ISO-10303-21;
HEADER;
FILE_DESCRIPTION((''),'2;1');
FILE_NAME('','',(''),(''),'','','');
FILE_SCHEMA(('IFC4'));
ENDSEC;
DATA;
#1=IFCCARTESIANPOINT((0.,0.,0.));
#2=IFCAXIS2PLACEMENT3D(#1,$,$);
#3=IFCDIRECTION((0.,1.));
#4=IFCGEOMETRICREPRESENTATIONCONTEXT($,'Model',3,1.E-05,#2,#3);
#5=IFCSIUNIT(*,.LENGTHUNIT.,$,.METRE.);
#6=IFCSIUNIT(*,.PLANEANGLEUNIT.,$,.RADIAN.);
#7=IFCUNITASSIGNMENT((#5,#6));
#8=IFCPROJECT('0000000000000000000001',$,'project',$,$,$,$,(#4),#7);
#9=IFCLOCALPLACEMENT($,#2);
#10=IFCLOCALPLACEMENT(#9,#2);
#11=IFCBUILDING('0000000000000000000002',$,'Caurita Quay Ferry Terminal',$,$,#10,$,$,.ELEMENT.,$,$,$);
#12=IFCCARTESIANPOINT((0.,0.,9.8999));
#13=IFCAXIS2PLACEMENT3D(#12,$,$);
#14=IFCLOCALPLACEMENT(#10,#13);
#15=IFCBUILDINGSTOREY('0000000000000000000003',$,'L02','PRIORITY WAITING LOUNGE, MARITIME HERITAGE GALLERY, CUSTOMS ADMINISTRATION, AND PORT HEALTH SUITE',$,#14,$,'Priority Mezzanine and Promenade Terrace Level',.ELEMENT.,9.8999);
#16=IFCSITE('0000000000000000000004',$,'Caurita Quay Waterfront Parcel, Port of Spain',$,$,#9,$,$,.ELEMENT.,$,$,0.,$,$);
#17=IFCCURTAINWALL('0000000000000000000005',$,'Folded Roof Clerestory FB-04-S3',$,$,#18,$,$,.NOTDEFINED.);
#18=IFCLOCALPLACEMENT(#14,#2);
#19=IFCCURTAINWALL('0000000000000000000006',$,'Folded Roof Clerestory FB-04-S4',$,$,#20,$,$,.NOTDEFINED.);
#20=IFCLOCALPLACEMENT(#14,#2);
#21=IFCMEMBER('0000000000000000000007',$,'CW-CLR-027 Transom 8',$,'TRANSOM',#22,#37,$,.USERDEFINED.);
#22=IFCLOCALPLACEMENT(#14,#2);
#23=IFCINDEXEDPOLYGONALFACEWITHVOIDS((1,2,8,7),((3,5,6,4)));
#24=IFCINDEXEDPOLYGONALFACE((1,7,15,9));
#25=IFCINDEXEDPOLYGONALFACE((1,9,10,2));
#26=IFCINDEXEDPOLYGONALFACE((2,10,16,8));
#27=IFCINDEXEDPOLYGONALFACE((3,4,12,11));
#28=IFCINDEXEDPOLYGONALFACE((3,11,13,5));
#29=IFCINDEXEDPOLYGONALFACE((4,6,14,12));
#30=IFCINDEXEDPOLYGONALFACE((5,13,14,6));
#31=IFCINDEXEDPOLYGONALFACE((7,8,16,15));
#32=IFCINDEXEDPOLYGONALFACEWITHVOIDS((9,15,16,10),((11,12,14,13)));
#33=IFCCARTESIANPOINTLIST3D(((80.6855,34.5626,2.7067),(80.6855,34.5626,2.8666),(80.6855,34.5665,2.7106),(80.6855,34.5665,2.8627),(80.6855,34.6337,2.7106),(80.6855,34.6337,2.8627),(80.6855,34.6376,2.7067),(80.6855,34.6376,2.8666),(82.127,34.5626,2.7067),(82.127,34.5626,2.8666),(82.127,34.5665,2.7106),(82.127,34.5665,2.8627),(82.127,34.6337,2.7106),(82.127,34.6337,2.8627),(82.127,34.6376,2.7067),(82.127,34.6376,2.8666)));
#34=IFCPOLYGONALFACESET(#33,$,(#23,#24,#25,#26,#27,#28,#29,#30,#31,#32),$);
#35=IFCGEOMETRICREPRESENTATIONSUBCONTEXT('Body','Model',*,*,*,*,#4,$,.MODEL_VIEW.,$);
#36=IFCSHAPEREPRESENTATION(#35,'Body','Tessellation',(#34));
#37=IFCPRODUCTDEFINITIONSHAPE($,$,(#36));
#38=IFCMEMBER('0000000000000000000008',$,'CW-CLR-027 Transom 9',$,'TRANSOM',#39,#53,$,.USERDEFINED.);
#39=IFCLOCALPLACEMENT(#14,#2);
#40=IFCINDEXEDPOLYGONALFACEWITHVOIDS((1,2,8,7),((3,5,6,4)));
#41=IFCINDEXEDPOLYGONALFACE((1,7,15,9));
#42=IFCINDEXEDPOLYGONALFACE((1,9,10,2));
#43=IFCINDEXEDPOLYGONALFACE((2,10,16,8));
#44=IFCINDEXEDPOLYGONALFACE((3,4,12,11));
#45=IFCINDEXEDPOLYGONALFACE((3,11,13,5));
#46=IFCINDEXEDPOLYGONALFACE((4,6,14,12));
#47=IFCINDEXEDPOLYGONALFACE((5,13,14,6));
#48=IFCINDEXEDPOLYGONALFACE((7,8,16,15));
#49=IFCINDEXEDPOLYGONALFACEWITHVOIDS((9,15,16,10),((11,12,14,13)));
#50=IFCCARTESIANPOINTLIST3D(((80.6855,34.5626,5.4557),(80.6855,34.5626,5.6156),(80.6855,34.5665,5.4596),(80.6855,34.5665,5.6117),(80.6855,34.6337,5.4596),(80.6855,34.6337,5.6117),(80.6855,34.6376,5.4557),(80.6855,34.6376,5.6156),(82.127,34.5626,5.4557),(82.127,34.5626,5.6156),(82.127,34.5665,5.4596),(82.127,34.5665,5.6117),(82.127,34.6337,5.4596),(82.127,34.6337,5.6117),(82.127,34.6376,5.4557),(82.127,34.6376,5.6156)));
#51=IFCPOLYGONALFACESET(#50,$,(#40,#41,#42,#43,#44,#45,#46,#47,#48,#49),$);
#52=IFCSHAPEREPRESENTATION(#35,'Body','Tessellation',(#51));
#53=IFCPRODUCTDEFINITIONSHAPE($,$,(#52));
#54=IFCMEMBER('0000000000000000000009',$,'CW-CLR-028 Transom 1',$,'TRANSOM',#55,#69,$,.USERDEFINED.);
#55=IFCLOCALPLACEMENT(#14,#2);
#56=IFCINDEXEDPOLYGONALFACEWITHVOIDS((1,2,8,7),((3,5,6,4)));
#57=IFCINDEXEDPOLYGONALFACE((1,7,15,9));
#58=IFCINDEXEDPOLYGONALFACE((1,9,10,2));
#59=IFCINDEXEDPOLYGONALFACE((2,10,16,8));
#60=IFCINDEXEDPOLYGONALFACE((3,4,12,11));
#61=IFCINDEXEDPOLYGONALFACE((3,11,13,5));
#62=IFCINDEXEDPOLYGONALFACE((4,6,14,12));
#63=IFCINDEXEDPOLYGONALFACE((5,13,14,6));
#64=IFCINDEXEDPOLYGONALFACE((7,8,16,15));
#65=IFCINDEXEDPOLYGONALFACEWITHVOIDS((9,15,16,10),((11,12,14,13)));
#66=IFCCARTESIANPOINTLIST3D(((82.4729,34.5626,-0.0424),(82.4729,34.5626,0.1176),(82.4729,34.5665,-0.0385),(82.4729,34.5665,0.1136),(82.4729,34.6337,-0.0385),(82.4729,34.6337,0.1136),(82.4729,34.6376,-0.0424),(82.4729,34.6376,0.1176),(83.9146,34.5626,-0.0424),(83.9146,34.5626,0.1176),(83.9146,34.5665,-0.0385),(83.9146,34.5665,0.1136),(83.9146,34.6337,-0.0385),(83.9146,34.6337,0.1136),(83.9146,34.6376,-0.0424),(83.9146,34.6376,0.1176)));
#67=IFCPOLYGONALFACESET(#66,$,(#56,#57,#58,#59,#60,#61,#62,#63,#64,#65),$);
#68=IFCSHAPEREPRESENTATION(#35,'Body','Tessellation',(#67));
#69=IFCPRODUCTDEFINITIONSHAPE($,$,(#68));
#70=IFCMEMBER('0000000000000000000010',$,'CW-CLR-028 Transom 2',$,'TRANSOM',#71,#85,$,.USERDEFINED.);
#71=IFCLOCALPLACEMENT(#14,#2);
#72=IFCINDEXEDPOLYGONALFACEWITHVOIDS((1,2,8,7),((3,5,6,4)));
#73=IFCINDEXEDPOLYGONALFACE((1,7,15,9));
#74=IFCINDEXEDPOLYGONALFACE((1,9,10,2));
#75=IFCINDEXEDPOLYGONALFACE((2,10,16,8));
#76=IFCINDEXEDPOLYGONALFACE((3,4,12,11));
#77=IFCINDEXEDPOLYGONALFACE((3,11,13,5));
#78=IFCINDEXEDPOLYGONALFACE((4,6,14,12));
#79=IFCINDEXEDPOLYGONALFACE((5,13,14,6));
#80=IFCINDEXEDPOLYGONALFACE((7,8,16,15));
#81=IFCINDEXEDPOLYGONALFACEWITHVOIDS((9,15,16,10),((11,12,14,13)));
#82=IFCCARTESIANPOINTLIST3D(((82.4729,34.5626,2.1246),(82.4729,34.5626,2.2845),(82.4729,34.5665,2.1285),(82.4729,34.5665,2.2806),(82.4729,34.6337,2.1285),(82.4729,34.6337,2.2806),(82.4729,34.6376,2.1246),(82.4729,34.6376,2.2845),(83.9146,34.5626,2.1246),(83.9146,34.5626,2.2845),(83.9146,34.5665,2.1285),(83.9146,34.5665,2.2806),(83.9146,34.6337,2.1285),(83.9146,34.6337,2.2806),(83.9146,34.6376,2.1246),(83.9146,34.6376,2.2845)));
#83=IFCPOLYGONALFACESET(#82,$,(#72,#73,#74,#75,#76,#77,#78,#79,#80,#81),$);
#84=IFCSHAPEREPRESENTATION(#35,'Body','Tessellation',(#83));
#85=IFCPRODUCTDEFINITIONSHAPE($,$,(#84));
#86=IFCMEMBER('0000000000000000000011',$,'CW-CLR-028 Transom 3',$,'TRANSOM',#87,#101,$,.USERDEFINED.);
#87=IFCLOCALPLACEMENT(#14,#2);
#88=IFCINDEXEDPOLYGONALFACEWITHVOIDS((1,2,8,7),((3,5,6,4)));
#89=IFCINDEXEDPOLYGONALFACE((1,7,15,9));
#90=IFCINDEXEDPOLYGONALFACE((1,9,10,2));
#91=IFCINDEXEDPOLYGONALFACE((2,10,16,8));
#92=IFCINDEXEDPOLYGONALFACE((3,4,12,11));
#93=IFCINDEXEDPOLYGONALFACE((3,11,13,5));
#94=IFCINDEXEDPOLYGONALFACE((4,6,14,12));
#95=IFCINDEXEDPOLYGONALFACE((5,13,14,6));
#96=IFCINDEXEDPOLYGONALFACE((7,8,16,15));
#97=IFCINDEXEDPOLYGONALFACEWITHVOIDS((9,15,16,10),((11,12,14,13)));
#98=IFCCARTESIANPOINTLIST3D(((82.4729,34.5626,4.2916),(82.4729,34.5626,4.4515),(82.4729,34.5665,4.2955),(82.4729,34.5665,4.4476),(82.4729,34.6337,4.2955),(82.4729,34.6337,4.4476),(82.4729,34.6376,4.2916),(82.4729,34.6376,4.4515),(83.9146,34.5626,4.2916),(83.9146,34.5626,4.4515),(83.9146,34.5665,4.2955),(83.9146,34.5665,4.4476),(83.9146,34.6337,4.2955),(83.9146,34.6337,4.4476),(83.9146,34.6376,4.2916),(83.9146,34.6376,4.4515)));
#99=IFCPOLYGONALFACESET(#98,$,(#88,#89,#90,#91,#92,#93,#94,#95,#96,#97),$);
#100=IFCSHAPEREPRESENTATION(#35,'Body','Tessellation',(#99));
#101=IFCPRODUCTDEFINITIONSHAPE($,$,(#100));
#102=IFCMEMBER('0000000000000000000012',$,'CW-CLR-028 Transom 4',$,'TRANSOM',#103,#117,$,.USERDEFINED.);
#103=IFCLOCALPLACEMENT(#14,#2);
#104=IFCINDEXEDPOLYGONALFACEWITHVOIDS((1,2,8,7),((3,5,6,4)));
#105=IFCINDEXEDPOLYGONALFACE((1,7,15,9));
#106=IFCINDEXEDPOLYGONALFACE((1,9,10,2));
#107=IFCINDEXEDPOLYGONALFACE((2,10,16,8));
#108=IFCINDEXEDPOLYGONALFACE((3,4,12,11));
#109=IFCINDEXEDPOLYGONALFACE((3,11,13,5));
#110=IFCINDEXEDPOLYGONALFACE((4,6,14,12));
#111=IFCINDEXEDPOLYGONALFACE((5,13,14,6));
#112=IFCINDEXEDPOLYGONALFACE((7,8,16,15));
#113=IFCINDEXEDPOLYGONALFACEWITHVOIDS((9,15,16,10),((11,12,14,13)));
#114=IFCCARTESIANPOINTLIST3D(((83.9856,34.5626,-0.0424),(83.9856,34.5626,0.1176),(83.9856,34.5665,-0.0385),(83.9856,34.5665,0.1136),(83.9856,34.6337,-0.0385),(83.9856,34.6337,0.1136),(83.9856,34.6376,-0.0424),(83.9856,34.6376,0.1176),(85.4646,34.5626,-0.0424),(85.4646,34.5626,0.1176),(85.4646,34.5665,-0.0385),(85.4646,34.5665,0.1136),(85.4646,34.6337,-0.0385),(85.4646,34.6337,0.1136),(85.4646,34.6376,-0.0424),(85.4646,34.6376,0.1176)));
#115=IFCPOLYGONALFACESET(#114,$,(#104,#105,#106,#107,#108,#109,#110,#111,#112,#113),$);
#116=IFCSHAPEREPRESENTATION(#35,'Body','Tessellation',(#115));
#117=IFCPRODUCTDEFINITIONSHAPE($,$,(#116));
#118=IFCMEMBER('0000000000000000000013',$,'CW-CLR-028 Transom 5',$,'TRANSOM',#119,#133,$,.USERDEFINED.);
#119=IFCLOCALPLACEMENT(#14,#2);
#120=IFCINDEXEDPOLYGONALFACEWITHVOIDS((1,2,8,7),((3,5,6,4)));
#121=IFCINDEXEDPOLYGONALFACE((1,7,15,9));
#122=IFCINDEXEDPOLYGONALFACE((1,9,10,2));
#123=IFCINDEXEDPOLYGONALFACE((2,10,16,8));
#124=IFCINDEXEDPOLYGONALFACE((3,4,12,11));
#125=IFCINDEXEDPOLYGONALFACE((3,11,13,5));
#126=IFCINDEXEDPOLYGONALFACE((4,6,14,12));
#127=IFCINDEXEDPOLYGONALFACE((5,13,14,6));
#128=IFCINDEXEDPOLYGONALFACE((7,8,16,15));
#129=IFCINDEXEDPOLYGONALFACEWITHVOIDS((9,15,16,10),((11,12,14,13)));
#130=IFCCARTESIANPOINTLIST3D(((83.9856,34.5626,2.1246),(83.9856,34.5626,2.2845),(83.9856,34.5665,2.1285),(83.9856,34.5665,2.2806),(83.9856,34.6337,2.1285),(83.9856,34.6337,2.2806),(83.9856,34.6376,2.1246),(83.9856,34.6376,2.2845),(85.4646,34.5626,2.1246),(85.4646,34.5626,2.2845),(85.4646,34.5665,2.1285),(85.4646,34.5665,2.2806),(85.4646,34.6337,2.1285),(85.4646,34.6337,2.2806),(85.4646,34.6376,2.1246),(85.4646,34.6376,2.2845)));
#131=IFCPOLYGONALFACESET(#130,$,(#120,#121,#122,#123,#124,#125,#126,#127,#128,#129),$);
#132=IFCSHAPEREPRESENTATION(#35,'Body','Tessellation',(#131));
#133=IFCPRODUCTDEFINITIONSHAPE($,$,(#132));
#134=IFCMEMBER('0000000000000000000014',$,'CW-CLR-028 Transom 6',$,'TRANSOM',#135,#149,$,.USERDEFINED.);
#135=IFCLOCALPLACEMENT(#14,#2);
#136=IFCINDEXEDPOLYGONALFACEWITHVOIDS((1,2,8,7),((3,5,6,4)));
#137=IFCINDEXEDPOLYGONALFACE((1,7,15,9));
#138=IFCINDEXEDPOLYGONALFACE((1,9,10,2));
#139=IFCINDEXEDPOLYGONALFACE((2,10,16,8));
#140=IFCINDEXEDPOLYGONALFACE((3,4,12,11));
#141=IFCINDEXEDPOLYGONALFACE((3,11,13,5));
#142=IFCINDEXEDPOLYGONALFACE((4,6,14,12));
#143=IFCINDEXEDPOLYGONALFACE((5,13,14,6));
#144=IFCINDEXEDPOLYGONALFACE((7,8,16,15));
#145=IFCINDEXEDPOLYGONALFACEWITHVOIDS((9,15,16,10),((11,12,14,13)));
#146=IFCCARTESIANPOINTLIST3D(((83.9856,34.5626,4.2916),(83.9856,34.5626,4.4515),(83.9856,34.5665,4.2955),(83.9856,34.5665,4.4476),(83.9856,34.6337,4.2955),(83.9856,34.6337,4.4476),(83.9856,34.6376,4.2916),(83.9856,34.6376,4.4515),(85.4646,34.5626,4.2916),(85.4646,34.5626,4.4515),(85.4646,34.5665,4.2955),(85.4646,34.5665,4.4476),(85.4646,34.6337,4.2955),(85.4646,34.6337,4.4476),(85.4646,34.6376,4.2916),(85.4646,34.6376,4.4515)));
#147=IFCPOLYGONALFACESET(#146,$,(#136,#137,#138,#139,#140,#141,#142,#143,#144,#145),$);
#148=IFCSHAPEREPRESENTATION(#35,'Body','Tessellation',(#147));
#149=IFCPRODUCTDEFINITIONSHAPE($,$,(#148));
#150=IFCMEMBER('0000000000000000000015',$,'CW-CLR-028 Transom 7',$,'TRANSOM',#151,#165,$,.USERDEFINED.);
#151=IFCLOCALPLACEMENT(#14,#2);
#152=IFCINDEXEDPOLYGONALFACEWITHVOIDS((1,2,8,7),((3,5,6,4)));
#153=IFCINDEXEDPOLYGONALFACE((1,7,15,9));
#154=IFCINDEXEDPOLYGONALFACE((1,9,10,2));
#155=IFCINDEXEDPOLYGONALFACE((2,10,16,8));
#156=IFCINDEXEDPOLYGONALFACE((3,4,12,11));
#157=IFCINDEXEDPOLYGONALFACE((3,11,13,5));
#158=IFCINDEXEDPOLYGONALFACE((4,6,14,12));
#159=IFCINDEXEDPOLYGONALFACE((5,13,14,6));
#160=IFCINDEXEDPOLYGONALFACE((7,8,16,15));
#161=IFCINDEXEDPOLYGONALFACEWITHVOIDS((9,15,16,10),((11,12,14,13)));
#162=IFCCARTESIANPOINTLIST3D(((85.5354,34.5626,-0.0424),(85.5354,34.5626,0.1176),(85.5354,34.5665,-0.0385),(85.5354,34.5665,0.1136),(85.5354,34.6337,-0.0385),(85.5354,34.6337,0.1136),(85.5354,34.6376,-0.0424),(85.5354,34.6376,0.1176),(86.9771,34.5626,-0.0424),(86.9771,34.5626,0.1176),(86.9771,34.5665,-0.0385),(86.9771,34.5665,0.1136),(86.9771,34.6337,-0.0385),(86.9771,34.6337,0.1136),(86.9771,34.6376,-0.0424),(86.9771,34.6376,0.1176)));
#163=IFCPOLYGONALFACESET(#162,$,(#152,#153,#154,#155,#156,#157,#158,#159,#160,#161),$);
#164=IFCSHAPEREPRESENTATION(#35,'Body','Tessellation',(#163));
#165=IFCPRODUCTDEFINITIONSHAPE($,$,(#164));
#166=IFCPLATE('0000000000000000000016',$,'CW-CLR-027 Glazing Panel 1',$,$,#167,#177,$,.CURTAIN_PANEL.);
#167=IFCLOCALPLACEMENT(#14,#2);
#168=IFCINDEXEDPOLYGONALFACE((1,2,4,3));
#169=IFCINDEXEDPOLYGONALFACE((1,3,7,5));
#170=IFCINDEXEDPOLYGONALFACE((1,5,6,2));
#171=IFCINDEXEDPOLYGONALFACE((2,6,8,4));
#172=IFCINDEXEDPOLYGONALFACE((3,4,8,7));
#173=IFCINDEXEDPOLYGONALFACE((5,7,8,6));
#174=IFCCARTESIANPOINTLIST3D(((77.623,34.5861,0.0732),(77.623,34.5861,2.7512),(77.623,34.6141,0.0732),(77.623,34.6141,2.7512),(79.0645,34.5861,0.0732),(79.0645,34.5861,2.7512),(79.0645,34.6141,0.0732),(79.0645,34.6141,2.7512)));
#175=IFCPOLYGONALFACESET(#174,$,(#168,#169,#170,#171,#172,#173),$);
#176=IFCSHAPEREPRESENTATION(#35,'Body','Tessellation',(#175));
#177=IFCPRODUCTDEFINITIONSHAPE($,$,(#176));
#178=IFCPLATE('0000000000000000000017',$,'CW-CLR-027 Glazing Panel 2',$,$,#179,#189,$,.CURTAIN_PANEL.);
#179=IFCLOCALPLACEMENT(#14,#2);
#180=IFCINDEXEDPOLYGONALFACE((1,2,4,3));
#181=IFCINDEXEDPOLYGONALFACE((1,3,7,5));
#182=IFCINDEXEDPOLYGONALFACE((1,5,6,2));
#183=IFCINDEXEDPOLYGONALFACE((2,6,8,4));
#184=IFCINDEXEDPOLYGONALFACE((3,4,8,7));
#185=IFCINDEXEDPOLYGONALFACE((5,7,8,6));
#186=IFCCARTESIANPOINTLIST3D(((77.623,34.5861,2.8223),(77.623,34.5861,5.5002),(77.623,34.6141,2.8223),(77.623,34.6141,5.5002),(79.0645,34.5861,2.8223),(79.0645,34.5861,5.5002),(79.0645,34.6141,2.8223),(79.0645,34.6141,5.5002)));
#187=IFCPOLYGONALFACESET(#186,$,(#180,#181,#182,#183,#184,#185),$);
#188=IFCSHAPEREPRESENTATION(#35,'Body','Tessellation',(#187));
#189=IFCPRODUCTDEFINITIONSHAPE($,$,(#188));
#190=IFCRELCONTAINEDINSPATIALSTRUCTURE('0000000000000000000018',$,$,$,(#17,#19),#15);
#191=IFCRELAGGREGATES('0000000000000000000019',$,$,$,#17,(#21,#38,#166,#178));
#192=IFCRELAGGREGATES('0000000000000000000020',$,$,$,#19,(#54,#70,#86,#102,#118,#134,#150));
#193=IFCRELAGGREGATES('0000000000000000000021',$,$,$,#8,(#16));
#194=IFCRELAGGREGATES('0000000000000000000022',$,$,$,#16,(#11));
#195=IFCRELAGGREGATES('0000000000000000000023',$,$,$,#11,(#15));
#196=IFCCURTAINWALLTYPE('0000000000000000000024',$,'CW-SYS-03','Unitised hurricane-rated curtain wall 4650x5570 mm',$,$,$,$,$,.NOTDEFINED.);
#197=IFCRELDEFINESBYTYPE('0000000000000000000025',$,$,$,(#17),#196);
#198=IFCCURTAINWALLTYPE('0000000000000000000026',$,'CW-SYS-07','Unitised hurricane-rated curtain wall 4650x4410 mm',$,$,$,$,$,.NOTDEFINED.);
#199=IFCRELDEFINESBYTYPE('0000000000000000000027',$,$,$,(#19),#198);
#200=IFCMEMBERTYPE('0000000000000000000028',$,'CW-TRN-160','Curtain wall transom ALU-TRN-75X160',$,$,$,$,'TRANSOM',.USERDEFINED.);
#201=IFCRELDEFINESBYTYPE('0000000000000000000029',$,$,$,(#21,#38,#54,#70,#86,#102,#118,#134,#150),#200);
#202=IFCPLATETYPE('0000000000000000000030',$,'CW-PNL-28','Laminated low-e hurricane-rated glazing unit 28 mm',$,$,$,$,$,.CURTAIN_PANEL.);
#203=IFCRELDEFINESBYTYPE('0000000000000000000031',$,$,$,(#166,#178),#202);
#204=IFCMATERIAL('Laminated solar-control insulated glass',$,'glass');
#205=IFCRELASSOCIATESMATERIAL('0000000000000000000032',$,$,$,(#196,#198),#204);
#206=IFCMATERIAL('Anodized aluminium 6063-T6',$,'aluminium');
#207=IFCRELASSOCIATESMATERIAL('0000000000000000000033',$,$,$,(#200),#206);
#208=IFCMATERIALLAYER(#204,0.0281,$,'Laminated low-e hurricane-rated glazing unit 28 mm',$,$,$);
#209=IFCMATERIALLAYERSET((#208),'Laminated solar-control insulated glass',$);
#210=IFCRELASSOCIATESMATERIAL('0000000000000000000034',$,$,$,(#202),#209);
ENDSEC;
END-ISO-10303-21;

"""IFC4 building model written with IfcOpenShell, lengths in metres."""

from ifc_helpers import new_model, si_unit, direction, frame, origin, origin_2d, place, context, subcontext, project, spatial, rectangle, hollow_rectangle, extrude, material, layer, layer_set, material_profile, profile_set, type_object, element, aggregate, save


model = new_model("IFC4")

# Units and contexts
model_context = context("Model", 3, precision=1e-05, world=origin(), true_north=direction((0.0, 1.0)))
body_context = subcontext(model_context, "Body", "Model", "MODEL_VIEW")
ifc_project = project(units=[si_unit("LENGTHUNIT", "METRE"), si_unit("PLANEANGLEUNIT", "RADIAN")], contexts=[model_context])

# Site, building, storey
site_placement = place(None, origin())
site = spatial("IfcSite", under=ifc_project, at=site_placement, Name="Caurita Quay Waterfront Parcel, Port of Spain", CompositionType="ELEMENT", RefElevation=0.0)
building_placement = place(site_placement, origin())
building = spatial("IfcBuilding", under=site, at=building_placement, Name="Caurita Quay Ferry Terminal", CompositionType="ELEMENT")
storey_placement = place(building_placement, frame((0.0, 0.0, 9.8999)))
storey = spatial("IfcBuildingStorey", under=building, at=storey_placement, Name="L02", Description="PRIORITY WAITING LOUNGE, MARITIME HERITAGE GALLERY, CUSTOMS ADMINISTRATION, AND PORT HEALTH SUITE", LongName="Priority Mezzanine and Promenade Terrace Level", CompositionType="ELEMENT", Elevation=9.8999)

# Shared definitions
ifc_material_1 = material(Name="Laminated solar-control insulated glass", Category="glass")
ifc_material_2 = material(Name="Anodized aluminium 6063-T6", Category="aluminium")

# Curtain walls
curtain_wall_type_1 = type_object("IfcCurtainWallType", Name="CW-SYS-03", Description="Unitised hurricane-rated curtain wall 4650x5570 mm", PredefinedType="NOTDEFINED", material=ifc_material_1)
curtain_wall_1_placement = place(storey_placement, origin())
curtain_wall_1 = element("IfcCurtainWall", 1, at=curtain_wall_1_placement, inside=storey, type_object=curtain_wall_type_1, Name="Folded Roof Clerestory FB-04-S3", PredefinedType="NOTDEFINED")
curtain_wall_type_2 = type_object("IfcCurtainWallType", Name="CW-SYS-07", Description="Unitised hurricane-rated curtain wall 4650x4410 mm", PredefinedType="NOTDEFINED", material=ifc_material_1)
curtain_wall_2_placement = place(storey_placement, origin())
curtain_wall_2 = element("IfcCurtainWall", 2, at=curtain_wall_2_placement, inside=storey, type_object=curtain_wall_type_2, Name="Folded Roof Clerestory FB-04-S4", PredefinedType="NOTDEFINED")

# Members
ifc_material_profile_1 = material_profile(ifc_material_2, hollow_rectangle(XDim=0.075, YDim=0.1599, WallThickness=0.0039, at=origin_2d()), Name="ALU-TRN-75X160")
ifc_profile_set_1 = profile_set([ifc_material_profile_1], Name="Anodized aluminium 6063-T6")
member_type_1 = type_object("IfcMemberType", Name="CW-TRN-160", Description="Curtain wall transom ALU-TRN-75X160", ElementType="TRANSOM", PredefinedType="USERDEFINED", material=ifc_profile_set_1)
member_1_placement = place(storey_placement, frame((80.6855, 34.6001, 2.7866), z_axis=(1.0, 0.0, 0.0), x_axis=(0.0, 1.0, 0.0)))
member_1 = element("IfcMember", 3, at=member_1_placement, type_object=member_type_1, Name="CW-CLR-027 Transom 8", ObjectType="TRANSOM", PredefinedType="USERDEFINED", context=body_context, shape_type="SweptSolid", body=[
    extrude(hollow_rectangle(XDim=0.075, YDim=0.1599, WallThickness=0.0039, at=origin_2d()), origin(), (0.0, 0.0, 1.0), 1.4414),
])
member_2_placement = place(storey_placement, frame((80.6855, 34.6001, 5.5356), z_axis=(1.0, 0.0, 0.0), x_axis=(0.0, 1.0, 0.0)))
member_2 = element("IfcMember", 4, at=member_2_placement, type_object=member_type_1, Name="CW-CLR-027 Transom 9", ObjectType="TRANSOM", PredefinedType="USERDEFINED", context=body_context, shape_type="SweptSolid", body=[
    extrude(hollow_rectangle(XDim=0.075, YDim=0.1599, WallThickness=0.0039, at=origin_2d()), origin(), (0.0, 0.0, 1.0), 1.4414),
])
member_3_placement = place(storey_placement, frame((82.4729, 34.6001, 0.0376), z_axis=(1.0, 0.0, 0.0), x_axis=(0.0, 1.0, 0.0)))
member_3 = element("IfcMember", 5, at=member_3_placement, type_object=member_type_1, Name="CW-CLR-028 Transom 1", ObjectType="TRANSOM", PredefinedType="USERDEFINED", context=body_context, shape_type="SweptSolid", body=[
    extrude(hollow_rectangle(XDim=0.075, YDim=0.1599, WallThickness=0.0039, at=origin_2d()), origin(), (0.0, 0.0, 1.0), 1.4417),
])
member_4_placement = place(storey_placement, frame((82.4729, 34.6001, 2.2046), z_axis=(1.0, 0.0, 0.0), x_axis=(0.0, 1.0, 0.0)))
member_4 = element("IfcMember", 6, at=member_4_placement, type_object=member_type_1, Name="CW-CLR-028 Transom 2", ObjectType="TRANSOM", PredefinedType="USERDEFINED", context=body_context, shape_type="SweptSolid", body=[
    extrude(hollow_rectangle(XDim=0.075, YDim=0.1599, WallThickness=0.0039, at=origin_2d()), origin(), (0.0, 0.0, 1.0), 1.4417),
])
member_5_placement = place(storey_placement, frame((82.4729, 34.6001, 4.3716), z_axis=(1.0, 0.0, 0.0), x_axis=(0.0, 1.0, 0.0)))
member_5 = element("IfcMember", 7, at=member_5_placement, type_object=member_type_1, Name="CW-CLR-028 Transom 3", ObjectType="TRANSOM", PredefinedType="USERDEFINED", context=body_context, shape_type="SweptSolid", body=[
    extrude(hollow_rectangle(XDim=0.075, YDim=0.1599, WallThickness=0.0039, at=origin_2d()), origin(), (0.0, 0.0, 1.0), 1.4417),
])
member_6_placement = place(storey_placement, frame((83.9856, 34.6001, 0.0376), z_axis=(1.0, 0.0, 0.0), x_axis=(0.0, 1.0, 0.0)))
member_6 = element("IfcMember", 8, at=member_6_placement, type_object=member_type_1, Name="CW-CLR-028 Transom 4", ObjectType="TRANSOM", PredefinedType="USERDEFINED", context=body_context, shape_type="SweptSolid", body=[
    extrude(hollow_rectangle(XDim=0.075, YDim=0.1599, WallThickness=0.0039, at=origin_2d()), origin(), (0.0, 0.0, 1.0), 1.479),
])
member_7_placement = place(storey_placement, frame((83.9856, 34.6001, 2.2046), z_axis=(1.0, 0.0, 0.0), x_axis=(0.0, 1.0, 0.0)))
member_7 = element("IfcMember", 9, at=member_7_placement, type_object=member_type_1, Name="CW-CLR-028 Transom 5", ObjectType="TRANSOM", PredefinedType="USERDEFINED", context=body_context, shape_type="SweptSolid", body=[
    extrude(hollow_rectangle(XDim=0.075, YDim=0.1599, WallThickness=0.0039, at=origin_2d()), origin(), (0.0, 0.0, 1.0), 1.479),
])
member_8_placement = place(storey_placement, frame((83.9856, 34.6001, 4.3716), z_axis=(1.0, 0.0, 0.0), x_axis=(0.0, 1.0, 0.0)))
member_8 = element("IfcMember", 10, at=member_8_placement, type_object=member_type_1, Name="CW-CLR-028 Transom 6", ObjectType="TRANSOM", PredefinedType="USERDEFINED", context=body_context, shape_type="SweptSolid", body=[
    extrude(hollow_rectangle(XDim=0.075, YDim=0.1599, WallThickness=0.0039, at=origin_2d()), origin(), (0.0, 0.0, 1.0), 1.479),
])
member_9_placement = place(storey_placement, frame((85.5354, 34.6001, 0.0376), z_axis=(1.0, 0.0, 0.0), x_axis=(0.0, 1.0, 0.0)))
member_9 = element("IfcMember", 11, at=member_9_placement, type_object=member_type_1, Name="CW-CLR-028 Transom 7", ObjectType="TRANSOM", PredefinedType="USERDEFINED", context=body_context, shape_type="SweptSolid", body=[
    extrude(hollow_rectangle(XDim=0.075, YDim=0.1599, WallThickness=0.0039, at=origin_2d()), origin(), (0.0, 0.0, 1.0), 1.4417),
])

# Plates
ifc_layer_1 = layer(ifc_material_1, 0.0281, Name="Laminated low-e hurricane-rated glazing unit 28 mm")
ifc_layer_set_1 = layer_set([ifc_layer_1], Name="Laminated solar-control insulated glass")
plate_type_1 = type_object("IfcPlateType", Name="CW-PNL-28", Description="Laminated low-e hurricane-rated glazing unit 28 mm", PredefinedType="CURTAIN_PANEL", material=ifc_layer_set_1)
plate_1_placement = place(storey_placement, frame((78.3438, 34.6001, 0.0732), z_axis=(0.0, 0.0, 1.0), x_axis=(1.0, 0.0, 0.0)))
plate_1 = element("IfcPlate", 12, at=plate_1_placement, type_object=plate_type_1, Name="CW-CLR-027 Glazing Panel 1", PredefinedType="CURTAIN_PANEL", context=body_context, shape_type="SweptSolid", body=[
    extrude(rectangle(XDim=1.4414, YDim=0.0281, at=origin_2d()), origin(), (0.0, 0.0, 1.0), 2.678),
])
plate_2_placement = place(storey_placement, frame((78.3438, 34.6001, 2.8223), z_axis=(0.0, 0.0, 1.0), x_axis=(1.0, 0.0, 0.0)))
plate_2 = element("IfcPlate", 13, at=plate_2_placement, type_object=plate_type_1, Name="CW-CLR-027 Glazing Panel 2", PredefinedType="CURTAIN_PANEL", context=body_context, shape_type="SweptSolid", body=[
    extrude(rectangle(XDim=1.4414, YDim=0.0281, at=origin_2d()), origin(), (0.0, 0.0, 1.0), 2.678),
])
aggregate(curtain_wall_1, [member_1, member_2, plate_1, plate_2])
aggregate(curtain_wall_2, [member_3, member_4, member_5, member_6, member_7, member_8, member_9])

save(model, "model.ifc")
